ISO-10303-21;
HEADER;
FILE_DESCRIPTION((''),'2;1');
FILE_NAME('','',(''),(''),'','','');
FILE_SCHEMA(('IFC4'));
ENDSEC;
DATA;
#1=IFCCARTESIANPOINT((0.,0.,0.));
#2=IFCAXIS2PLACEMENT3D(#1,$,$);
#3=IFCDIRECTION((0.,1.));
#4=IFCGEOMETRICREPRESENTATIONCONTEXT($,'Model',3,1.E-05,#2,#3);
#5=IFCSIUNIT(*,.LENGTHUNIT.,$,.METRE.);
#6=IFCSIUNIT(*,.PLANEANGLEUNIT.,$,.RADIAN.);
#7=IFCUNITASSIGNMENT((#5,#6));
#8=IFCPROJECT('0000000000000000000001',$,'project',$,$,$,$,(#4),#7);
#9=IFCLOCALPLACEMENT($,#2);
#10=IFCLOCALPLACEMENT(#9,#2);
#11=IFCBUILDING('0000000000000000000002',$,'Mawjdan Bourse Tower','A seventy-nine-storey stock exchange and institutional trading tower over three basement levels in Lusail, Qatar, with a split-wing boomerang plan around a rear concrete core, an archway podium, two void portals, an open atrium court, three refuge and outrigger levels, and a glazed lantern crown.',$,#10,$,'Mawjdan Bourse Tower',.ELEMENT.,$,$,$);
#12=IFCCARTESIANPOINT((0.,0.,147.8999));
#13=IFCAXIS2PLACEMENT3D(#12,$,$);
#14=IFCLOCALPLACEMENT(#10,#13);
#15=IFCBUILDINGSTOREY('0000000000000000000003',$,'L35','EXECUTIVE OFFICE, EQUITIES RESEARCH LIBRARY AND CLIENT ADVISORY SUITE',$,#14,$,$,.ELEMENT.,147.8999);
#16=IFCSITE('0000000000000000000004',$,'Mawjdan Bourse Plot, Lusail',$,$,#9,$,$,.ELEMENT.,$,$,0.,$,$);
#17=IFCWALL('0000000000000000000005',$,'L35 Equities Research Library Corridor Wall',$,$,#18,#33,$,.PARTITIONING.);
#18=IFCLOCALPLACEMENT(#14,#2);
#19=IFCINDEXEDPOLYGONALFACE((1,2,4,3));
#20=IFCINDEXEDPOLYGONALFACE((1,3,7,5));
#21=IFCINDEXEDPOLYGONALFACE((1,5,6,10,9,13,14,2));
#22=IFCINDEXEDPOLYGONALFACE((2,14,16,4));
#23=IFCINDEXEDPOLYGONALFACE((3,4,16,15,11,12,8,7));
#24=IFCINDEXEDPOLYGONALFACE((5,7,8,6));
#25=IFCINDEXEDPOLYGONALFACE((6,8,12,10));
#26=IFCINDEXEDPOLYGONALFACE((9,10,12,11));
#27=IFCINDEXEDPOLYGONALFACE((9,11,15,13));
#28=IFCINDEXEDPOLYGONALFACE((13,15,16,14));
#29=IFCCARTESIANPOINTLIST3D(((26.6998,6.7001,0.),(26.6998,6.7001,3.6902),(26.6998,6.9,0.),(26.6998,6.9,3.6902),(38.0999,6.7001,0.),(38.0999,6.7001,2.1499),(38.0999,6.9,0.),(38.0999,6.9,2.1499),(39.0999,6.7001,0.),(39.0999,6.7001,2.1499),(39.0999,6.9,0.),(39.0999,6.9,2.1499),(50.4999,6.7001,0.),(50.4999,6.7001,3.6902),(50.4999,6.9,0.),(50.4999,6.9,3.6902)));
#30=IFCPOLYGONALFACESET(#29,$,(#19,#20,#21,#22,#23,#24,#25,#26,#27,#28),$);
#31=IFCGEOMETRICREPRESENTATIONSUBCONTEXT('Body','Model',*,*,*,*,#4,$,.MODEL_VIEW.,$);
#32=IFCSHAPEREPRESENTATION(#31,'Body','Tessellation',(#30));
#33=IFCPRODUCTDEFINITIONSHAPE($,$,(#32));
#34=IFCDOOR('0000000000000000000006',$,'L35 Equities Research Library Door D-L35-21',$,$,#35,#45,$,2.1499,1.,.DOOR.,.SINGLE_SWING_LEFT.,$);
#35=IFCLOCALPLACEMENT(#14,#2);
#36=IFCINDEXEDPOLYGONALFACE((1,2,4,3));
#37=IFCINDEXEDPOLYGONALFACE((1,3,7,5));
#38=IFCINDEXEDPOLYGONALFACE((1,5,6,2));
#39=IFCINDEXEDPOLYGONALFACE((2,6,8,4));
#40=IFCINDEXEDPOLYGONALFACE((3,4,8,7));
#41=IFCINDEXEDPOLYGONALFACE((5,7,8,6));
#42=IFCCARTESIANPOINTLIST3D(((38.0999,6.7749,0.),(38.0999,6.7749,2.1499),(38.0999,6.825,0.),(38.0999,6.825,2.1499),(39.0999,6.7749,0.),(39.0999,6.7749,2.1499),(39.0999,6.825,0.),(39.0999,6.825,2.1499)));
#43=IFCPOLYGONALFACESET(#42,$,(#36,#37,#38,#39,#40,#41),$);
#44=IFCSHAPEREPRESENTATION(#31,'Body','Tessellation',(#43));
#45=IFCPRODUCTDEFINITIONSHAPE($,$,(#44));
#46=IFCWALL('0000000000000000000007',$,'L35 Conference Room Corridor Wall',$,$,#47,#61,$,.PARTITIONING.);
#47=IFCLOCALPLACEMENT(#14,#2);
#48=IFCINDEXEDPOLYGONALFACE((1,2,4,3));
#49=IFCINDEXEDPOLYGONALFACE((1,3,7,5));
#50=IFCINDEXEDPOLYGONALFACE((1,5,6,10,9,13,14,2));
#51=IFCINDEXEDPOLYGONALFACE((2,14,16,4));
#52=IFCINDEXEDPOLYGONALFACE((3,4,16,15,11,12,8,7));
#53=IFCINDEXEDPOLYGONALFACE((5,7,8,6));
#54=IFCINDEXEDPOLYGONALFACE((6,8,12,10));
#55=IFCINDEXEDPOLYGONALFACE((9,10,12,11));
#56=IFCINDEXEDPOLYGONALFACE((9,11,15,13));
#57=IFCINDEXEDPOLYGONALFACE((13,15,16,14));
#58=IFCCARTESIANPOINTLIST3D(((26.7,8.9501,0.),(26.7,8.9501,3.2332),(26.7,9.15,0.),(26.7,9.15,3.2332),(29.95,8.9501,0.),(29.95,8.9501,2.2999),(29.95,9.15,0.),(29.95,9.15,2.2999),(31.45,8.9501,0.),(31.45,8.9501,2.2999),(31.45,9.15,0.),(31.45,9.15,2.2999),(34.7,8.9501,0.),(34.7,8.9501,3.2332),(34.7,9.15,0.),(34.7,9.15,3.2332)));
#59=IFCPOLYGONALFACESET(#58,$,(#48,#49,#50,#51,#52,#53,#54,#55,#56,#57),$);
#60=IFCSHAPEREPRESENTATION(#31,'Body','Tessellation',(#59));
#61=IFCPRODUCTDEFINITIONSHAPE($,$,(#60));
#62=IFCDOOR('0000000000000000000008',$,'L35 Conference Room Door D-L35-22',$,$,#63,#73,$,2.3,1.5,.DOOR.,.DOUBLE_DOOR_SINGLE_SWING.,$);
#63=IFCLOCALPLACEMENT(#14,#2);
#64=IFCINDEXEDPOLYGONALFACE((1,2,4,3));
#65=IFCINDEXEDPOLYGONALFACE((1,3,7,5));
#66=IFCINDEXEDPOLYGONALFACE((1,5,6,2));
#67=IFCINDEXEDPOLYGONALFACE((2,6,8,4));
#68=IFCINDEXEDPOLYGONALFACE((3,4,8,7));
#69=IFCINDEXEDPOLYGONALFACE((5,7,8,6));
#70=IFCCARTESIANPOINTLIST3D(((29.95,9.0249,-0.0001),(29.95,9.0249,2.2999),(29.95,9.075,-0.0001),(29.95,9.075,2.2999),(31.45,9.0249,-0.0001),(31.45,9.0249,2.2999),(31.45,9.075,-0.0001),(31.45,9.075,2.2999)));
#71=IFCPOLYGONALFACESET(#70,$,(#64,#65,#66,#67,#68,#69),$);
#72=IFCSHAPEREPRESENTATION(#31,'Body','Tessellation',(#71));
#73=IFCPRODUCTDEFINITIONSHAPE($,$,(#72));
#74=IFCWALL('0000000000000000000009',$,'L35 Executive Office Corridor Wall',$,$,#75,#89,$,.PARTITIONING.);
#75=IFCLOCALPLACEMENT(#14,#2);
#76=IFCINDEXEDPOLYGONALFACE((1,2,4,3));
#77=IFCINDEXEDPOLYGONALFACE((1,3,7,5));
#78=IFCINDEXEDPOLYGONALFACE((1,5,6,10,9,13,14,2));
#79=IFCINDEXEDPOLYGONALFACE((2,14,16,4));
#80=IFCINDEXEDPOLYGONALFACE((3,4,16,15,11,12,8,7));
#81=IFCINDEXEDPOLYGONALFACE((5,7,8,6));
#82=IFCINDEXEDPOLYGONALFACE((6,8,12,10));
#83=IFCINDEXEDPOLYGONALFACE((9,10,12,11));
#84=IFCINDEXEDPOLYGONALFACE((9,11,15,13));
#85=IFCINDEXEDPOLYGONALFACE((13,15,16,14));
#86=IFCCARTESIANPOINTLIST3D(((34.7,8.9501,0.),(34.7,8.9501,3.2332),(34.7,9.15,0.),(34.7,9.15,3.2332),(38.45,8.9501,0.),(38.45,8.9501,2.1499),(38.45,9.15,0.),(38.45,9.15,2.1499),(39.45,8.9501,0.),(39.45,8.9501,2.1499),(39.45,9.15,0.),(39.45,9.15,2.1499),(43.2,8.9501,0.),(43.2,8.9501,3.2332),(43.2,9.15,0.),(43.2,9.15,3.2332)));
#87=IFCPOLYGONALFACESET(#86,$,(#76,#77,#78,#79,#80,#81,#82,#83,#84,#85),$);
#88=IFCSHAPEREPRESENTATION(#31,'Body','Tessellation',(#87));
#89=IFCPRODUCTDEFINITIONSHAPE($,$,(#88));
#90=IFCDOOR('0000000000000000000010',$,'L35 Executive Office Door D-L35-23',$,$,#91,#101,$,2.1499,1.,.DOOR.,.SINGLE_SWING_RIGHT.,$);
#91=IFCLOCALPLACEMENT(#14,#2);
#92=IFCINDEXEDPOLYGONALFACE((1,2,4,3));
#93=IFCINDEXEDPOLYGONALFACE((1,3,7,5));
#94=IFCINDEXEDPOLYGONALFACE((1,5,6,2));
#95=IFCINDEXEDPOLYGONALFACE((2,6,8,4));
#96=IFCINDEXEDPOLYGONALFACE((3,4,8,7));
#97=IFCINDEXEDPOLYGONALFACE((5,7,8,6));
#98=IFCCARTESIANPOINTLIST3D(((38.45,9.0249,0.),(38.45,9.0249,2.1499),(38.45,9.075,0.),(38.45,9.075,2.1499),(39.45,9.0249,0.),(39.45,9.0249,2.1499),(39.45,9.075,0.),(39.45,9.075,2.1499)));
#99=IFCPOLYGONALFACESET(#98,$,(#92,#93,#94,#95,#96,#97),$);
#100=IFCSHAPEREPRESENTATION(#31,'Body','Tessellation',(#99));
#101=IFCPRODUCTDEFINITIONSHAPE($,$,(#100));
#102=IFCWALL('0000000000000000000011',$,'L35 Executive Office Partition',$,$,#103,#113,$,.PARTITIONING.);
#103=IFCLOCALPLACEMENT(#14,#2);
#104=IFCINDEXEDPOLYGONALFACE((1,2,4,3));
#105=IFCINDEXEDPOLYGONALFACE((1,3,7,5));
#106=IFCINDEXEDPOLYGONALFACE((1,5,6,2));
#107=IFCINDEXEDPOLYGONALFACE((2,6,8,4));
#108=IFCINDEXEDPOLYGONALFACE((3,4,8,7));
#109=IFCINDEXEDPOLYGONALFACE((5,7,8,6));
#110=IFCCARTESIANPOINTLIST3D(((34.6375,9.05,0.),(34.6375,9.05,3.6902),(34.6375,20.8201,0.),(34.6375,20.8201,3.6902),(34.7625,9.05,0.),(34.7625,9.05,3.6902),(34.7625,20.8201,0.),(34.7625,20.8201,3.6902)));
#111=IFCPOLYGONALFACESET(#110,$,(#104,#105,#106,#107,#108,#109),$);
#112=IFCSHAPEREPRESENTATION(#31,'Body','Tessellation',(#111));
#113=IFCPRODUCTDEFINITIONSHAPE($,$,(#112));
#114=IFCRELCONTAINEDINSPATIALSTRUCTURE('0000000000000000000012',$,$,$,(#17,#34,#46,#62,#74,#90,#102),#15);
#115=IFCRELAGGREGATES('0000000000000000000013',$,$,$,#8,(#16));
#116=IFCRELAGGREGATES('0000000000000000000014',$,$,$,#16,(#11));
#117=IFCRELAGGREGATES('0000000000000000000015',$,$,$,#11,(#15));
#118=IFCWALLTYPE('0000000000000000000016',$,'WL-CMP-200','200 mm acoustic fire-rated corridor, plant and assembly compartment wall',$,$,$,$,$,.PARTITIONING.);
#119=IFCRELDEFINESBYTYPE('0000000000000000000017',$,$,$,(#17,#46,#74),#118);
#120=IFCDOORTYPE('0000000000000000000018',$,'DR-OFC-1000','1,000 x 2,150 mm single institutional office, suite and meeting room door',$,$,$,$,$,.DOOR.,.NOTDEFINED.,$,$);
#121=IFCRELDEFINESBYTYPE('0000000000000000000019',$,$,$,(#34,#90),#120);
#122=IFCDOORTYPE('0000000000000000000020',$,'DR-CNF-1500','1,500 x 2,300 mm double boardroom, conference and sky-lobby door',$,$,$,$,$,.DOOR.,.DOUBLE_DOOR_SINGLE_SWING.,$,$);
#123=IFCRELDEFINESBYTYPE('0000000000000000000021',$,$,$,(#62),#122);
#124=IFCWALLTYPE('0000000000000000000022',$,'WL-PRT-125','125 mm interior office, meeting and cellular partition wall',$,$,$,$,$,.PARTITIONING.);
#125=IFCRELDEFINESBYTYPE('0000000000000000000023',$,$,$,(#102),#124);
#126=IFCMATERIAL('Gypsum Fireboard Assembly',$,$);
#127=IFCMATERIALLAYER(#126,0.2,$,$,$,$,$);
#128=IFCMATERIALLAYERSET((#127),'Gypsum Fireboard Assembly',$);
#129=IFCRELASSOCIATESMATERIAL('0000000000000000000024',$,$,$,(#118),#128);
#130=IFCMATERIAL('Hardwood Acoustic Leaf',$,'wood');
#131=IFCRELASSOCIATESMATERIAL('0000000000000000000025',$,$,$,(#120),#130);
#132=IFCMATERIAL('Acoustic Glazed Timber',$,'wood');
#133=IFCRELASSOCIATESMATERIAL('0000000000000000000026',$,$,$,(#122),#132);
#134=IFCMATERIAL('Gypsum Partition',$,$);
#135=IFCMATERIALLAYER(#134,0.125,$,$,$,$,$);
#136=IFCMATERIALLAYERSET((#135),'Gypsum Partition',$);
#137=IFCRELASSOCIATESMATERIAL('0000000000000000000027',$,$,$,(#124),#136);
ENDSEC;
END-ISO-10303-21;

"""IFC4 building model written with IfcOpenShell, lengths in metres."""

from ifc_helpers import new_model, si_unit, direction, frame, frame_2d, origin, place, context, subcontext, project, spatial, rectangle, extrude, material, layer, layer_set, type_object, element, fill, save


model = new_model("IFC4")

# Units and contexts
model_context = context("Model", 3, precision=1e-05, world=origin(), true_north=direction((0.0, 1.0)))
body_context = subcontext(model_context, "Body", "Model", "MODEL_VIEW")
ifc_project = project(units=[si_unit("LENGTHUNIT", "METRE"), si_unit("PLANEANGLEUNIT", "RADIAN")], contexts=[model_context])

# Site, building, storey
site_placement = place(None, origin())
site = spatial("IfcSite", under=ifc_project, at=site_placement, Name="Mawjdan Bourse Plot, Lusail", CompositionType="ELEMENT", RefElevation=0.0)
building_placement = place(site_placement, origin())
building = spatial("IfcBuilding", under=site, at=building_placement, Name="Mawjdan Bourse Tower", Description="A seventy-nine-storey stock exchange and institutional trading tower over three basement levels in Lusail, Qatar, with a split-wing boomerang plan around a rear concrete core, an archway podium, two void portals, an open atrium court, three refuge and outrigger levels, and a glazed lantern crown.", LongName="Mawjdan Bourse Tower", CompositionType="ELEMENT")
storey_placement = place(building_placement, frame((0.0, 0.0, 147.8999)))
storey = spatial("IfcBuildingStorey", under=building, at=storey_placement, Name="L35", Description="EXECUTIVE OFFICE, EQUITIES RESEARCH LIBRARY AND CLIENT ADVISORY SUITE", CompositionType="ELEMENT", Elevation=147.8999)

# Shared definitions
ifc_material_1 = material(Name="Gypsum Fireboard Assembly")
ifc_layer_1 = layer(ifc_material_1, 0.2)
ifc_layer_set_1 = layer_set([ifc_layer_1], Name="Gypsum Fireboard Assembly")
wall_type_1 = type_object("IfcWallType", Name="WL-CMP-200", Description="200 mm acoustic fire-rated corridor, plant and assembly compartment wall", PredefinedType="PARTITIONING", material=ifc_layer_set_1)

# Walls, openings, doors
wall_1_placement = place(storey_placement, frame((26.7, 6.8, 0.0), z_axis=(0.0, 0.0, 1.0), x_axis=(1.0, 0.0, 0.0)))
wall_1 = element("IfcWall", 1, at=wall_1_placement, inside=storey, type_object=wall_type_1, Name="L35 Equities Research Library Corridor Wall", PredefinedType="PARTITIONING", context=body_context, shape_type="SweptSolid", body=[
    extrude(rectangle(XDim=23.8, YDim=0.2, at=frame_2d((11.8999, 0.0))), origin(), (0.0, 0.0, 1.0), 3.6902),
])
opening_1_placement = place(wall_1_placement, frame((11.3999, 0.0, 0.0)))
opening_1 = element("IfcOpeningElement", 2, at=opening_1_placement, cuts=wall_1, PredefinedType="OPENING", context=body_context, shape_type="SweptSolid", body=[
    extrude(rectangle(XDim=1.0, YDim=2.1499, at=frame_2d((0.5, 1.075))), frame((0.0, 0.1099, 0.0), z_axis=(0.0, -1.0, 0.0), x_axis=(1.0, 0.0, 0.0)), (0.0, 0.0, 1.0), 0.22),
])
ifc_material_2 = material(Name="Hardwood Acoustic Leaf", Category="wood")
door_type_1 = type_object("IfcDoorType", Name="DR-OFC-1000", Description="1,000 x 2,150 mm single institutional office, suite and meeting room door", OperationType="NOTDEFINED", PredefinedType="DOOR", material=ifc_material_2)
door_1_placement = place(opening_1_placement, origin())
door_1 = element("IfcDoor", 3, at=door_1_placement, inside=storey, type_object=door_type_1, Name="L35 Equities Research Library Door D-L35-21", OperationType="SINGLE_SWING_LEFT", OverallHeight=2.1499, OverallWidth=1.0, PredefinedType="DOOR", context=body_context, shape_type="SweptSolid", body=[
    extrude(rectangle(XDim=1.0, YDim=2.1499, at=frame_2d((0.5, 1.075))), frame((0.0, 0.0249, 0.0), z_axis=(0.0, -1.0, 0.0), x_axis=(1.0, 0.0, 0.0)), (0.0, 0.0, 1.0), 0.05),
])
fill(opening_1, door_1)
wall_2_placement = place(storey_placement, frame((26.7, 9.05, 0.0), z_axis=(0.0, 0.0, 1.0), x_axis=(1.0, 0.0, 0.0)))
wall_2 = element("IfcWall", 4, at=wall_2_placement, inside=storey, type_object=wall_type_1, Name="L35 Conference Room Corridor Wall", PredefinedType="PARTITIONING", context=body_context, shape_type="SweptSolid", body=[
    extrude(rectangle(XDim=8.0, YDim=0.2, at=frame_2d((4.0, 0.0))), origin(), (0.0, 0.0, 1.0), 3.2332),
])
opening_2_placement = place(wall_2_placement, frame((3.25, 0.0, 0.0)))
opening_2 = element("IfcOpeningElement", 5, at=opening_2_placement, cuts=wall_2, PredefinedType="OPENING", context=body_context, shape_type="SweptSolid", body=[
    extrude(rectangle(XDim=1.5, YDim=2.3, at=frame_2d((0.75, 1.1499))), frame((0.0, 0.1099, 0.0), z_axis=(0.0, -1.0, 0.0), x_axis=(1.0, 0.0, 0.0)), (0.0, 0.0, 1.0), 0.22),
])
ifc_material_3 = material(Name="Acoustic Glazed Timber", Category="wood")
door_type_2 = type_object("IfcDoorType", Name="DR-CNF-1500", Description="1,500 x 2,300 mm double boardroom, conference and sky-lobby door", OperationType="DOUBLE_DOOR_SINGLE_SWING", PredefinedType="DOOR", material=ifc_material_3)
door_2_placement = place(opening_2_placement, origin())
door_2 = element("IfcDoor", 6, at=door_2_placement, inside=storey, type_object=door_type_2, Name="L35 Conference Room Door D-L35-22", OperationType="DOUBLE_DOOR_SINGLE_SWING", OverallHeight=2.3, OverallWidth=1.5, PredefinedType="DOOR", context=body_context, shape_type="SweptSolid", body=[
    extrude(rectangle(XDim=1.5, YDim=2.3, at=frame_2d((0.75, 1.1499))), frame((0.0, 0.0249, 0.0), z_axis=(0.0, -1.0, 0.0), x_axis=(1.0, 0.0, 0.0)), (0.0, 0.0, 1.0), 0.05),
])
fill(opening_2, door_2)
wall_3_placement = place(storey_placement, frame((34.7, 9.05, 0.0), z_axis=(0.0, 0.0, 1.0), x_axis=(1.0, 0.0, 0.0)))
wall_3 = element("IfcWall", 7, at=wall_3_placement, inside=storey, type_object=wall_type_1, Name="L35 Executive Office Corridor Wall", PredefinedType="PARTITIONING", context=body_context, shape_type="SweptSolid", body=[
    extrude(rectangle(XDim=8.5, YDim=0.2, at=frame_2d((4.25, 0.0))), origin(), (0.0, 0.0, 1.0), 3.2332),
])
opening_3_placement = place(wall_3_placement, frame((3.75, 0.0, 0.0)))
opening_3 = element("IfcOpeningElement", 8, at=opening_3_placement, cuts=wall_3, PredefinedType="OPENING", context=body_context, shape_type="SweptSolid", body=[
    extrude(rectangle(XDim=1.0, YDim=2.1499, at=frame_2d((0.5, 1.075))), frame((0.0, 0.1099, 0.0), z_axis=(0.0, -1.0, 0.0), x_axis=(1.0, 0.0, 0.0)), (0.0, 0.0, 1.0), 0.22),
])
door_3_placement = place(opening_3_placement, origin())
door_3 = element("IfcDoor", 9, at=door_3_placement, inside=storey, type_object=door_type_1, Name="L35 Executive Office Door D-L35-23", OperationType="SINGLE_SWING_RIGHT", OverallHeight=2.1499, OverallWidth=1.0, PredefinedType="DOOR", context=body_context, shape_type="SweptSolid", body=[
    extrude(rectangle(XDim=1.0, YDim=2.1499, at=frame_2d((0.5, 1.075))), frame((0.0, 0.0249, 0.0), z_axis=(0.0, -1.0, 0.0), x_axis=(1.0, 0.0, 0.0)), (0.0, 0.0, 1.0), 0.05),
])
fill(opening_3, door_3)

# Wall
ifc_material_4 = material(Name="Gypsum Partition")
ifc_layer_2 = layer(ifc_material_4, 0.125)
ifc_layer_set_2 = layer_set([ifc_layer_2], Name="Gypsum Partition")
wall_type_2 = type_object("IfcWallType", Name="WL-PRT-125", Description="125 mm interior office, meeting and cellular partition wall", PredefinedType="PARTITIONING", material=ifc_layer_set_2)
wall_4_placement = place(storey_placement, frame((34.7, 9.05, 0.0), z_axis=(0.0, 0.0, 1.0), x_axis=(0.0, 1.0, 0.0)))
element("IfcWall", 10, at=wall_4_placement, inside=storey, type_object=wall_type_2, Name="L35 Executive Office Partition", PredefinedType="PARTITIONING", context=body_context, shape_type="SweptSolid", body=[
    extrude(rectangle(XDim=11.77, YDim=0.125, at=frame_2d((5.885, 0.0))), origin(), (0.0, 0.0, 1.0), 3.6902),
])

save(model, "model.ifc")
